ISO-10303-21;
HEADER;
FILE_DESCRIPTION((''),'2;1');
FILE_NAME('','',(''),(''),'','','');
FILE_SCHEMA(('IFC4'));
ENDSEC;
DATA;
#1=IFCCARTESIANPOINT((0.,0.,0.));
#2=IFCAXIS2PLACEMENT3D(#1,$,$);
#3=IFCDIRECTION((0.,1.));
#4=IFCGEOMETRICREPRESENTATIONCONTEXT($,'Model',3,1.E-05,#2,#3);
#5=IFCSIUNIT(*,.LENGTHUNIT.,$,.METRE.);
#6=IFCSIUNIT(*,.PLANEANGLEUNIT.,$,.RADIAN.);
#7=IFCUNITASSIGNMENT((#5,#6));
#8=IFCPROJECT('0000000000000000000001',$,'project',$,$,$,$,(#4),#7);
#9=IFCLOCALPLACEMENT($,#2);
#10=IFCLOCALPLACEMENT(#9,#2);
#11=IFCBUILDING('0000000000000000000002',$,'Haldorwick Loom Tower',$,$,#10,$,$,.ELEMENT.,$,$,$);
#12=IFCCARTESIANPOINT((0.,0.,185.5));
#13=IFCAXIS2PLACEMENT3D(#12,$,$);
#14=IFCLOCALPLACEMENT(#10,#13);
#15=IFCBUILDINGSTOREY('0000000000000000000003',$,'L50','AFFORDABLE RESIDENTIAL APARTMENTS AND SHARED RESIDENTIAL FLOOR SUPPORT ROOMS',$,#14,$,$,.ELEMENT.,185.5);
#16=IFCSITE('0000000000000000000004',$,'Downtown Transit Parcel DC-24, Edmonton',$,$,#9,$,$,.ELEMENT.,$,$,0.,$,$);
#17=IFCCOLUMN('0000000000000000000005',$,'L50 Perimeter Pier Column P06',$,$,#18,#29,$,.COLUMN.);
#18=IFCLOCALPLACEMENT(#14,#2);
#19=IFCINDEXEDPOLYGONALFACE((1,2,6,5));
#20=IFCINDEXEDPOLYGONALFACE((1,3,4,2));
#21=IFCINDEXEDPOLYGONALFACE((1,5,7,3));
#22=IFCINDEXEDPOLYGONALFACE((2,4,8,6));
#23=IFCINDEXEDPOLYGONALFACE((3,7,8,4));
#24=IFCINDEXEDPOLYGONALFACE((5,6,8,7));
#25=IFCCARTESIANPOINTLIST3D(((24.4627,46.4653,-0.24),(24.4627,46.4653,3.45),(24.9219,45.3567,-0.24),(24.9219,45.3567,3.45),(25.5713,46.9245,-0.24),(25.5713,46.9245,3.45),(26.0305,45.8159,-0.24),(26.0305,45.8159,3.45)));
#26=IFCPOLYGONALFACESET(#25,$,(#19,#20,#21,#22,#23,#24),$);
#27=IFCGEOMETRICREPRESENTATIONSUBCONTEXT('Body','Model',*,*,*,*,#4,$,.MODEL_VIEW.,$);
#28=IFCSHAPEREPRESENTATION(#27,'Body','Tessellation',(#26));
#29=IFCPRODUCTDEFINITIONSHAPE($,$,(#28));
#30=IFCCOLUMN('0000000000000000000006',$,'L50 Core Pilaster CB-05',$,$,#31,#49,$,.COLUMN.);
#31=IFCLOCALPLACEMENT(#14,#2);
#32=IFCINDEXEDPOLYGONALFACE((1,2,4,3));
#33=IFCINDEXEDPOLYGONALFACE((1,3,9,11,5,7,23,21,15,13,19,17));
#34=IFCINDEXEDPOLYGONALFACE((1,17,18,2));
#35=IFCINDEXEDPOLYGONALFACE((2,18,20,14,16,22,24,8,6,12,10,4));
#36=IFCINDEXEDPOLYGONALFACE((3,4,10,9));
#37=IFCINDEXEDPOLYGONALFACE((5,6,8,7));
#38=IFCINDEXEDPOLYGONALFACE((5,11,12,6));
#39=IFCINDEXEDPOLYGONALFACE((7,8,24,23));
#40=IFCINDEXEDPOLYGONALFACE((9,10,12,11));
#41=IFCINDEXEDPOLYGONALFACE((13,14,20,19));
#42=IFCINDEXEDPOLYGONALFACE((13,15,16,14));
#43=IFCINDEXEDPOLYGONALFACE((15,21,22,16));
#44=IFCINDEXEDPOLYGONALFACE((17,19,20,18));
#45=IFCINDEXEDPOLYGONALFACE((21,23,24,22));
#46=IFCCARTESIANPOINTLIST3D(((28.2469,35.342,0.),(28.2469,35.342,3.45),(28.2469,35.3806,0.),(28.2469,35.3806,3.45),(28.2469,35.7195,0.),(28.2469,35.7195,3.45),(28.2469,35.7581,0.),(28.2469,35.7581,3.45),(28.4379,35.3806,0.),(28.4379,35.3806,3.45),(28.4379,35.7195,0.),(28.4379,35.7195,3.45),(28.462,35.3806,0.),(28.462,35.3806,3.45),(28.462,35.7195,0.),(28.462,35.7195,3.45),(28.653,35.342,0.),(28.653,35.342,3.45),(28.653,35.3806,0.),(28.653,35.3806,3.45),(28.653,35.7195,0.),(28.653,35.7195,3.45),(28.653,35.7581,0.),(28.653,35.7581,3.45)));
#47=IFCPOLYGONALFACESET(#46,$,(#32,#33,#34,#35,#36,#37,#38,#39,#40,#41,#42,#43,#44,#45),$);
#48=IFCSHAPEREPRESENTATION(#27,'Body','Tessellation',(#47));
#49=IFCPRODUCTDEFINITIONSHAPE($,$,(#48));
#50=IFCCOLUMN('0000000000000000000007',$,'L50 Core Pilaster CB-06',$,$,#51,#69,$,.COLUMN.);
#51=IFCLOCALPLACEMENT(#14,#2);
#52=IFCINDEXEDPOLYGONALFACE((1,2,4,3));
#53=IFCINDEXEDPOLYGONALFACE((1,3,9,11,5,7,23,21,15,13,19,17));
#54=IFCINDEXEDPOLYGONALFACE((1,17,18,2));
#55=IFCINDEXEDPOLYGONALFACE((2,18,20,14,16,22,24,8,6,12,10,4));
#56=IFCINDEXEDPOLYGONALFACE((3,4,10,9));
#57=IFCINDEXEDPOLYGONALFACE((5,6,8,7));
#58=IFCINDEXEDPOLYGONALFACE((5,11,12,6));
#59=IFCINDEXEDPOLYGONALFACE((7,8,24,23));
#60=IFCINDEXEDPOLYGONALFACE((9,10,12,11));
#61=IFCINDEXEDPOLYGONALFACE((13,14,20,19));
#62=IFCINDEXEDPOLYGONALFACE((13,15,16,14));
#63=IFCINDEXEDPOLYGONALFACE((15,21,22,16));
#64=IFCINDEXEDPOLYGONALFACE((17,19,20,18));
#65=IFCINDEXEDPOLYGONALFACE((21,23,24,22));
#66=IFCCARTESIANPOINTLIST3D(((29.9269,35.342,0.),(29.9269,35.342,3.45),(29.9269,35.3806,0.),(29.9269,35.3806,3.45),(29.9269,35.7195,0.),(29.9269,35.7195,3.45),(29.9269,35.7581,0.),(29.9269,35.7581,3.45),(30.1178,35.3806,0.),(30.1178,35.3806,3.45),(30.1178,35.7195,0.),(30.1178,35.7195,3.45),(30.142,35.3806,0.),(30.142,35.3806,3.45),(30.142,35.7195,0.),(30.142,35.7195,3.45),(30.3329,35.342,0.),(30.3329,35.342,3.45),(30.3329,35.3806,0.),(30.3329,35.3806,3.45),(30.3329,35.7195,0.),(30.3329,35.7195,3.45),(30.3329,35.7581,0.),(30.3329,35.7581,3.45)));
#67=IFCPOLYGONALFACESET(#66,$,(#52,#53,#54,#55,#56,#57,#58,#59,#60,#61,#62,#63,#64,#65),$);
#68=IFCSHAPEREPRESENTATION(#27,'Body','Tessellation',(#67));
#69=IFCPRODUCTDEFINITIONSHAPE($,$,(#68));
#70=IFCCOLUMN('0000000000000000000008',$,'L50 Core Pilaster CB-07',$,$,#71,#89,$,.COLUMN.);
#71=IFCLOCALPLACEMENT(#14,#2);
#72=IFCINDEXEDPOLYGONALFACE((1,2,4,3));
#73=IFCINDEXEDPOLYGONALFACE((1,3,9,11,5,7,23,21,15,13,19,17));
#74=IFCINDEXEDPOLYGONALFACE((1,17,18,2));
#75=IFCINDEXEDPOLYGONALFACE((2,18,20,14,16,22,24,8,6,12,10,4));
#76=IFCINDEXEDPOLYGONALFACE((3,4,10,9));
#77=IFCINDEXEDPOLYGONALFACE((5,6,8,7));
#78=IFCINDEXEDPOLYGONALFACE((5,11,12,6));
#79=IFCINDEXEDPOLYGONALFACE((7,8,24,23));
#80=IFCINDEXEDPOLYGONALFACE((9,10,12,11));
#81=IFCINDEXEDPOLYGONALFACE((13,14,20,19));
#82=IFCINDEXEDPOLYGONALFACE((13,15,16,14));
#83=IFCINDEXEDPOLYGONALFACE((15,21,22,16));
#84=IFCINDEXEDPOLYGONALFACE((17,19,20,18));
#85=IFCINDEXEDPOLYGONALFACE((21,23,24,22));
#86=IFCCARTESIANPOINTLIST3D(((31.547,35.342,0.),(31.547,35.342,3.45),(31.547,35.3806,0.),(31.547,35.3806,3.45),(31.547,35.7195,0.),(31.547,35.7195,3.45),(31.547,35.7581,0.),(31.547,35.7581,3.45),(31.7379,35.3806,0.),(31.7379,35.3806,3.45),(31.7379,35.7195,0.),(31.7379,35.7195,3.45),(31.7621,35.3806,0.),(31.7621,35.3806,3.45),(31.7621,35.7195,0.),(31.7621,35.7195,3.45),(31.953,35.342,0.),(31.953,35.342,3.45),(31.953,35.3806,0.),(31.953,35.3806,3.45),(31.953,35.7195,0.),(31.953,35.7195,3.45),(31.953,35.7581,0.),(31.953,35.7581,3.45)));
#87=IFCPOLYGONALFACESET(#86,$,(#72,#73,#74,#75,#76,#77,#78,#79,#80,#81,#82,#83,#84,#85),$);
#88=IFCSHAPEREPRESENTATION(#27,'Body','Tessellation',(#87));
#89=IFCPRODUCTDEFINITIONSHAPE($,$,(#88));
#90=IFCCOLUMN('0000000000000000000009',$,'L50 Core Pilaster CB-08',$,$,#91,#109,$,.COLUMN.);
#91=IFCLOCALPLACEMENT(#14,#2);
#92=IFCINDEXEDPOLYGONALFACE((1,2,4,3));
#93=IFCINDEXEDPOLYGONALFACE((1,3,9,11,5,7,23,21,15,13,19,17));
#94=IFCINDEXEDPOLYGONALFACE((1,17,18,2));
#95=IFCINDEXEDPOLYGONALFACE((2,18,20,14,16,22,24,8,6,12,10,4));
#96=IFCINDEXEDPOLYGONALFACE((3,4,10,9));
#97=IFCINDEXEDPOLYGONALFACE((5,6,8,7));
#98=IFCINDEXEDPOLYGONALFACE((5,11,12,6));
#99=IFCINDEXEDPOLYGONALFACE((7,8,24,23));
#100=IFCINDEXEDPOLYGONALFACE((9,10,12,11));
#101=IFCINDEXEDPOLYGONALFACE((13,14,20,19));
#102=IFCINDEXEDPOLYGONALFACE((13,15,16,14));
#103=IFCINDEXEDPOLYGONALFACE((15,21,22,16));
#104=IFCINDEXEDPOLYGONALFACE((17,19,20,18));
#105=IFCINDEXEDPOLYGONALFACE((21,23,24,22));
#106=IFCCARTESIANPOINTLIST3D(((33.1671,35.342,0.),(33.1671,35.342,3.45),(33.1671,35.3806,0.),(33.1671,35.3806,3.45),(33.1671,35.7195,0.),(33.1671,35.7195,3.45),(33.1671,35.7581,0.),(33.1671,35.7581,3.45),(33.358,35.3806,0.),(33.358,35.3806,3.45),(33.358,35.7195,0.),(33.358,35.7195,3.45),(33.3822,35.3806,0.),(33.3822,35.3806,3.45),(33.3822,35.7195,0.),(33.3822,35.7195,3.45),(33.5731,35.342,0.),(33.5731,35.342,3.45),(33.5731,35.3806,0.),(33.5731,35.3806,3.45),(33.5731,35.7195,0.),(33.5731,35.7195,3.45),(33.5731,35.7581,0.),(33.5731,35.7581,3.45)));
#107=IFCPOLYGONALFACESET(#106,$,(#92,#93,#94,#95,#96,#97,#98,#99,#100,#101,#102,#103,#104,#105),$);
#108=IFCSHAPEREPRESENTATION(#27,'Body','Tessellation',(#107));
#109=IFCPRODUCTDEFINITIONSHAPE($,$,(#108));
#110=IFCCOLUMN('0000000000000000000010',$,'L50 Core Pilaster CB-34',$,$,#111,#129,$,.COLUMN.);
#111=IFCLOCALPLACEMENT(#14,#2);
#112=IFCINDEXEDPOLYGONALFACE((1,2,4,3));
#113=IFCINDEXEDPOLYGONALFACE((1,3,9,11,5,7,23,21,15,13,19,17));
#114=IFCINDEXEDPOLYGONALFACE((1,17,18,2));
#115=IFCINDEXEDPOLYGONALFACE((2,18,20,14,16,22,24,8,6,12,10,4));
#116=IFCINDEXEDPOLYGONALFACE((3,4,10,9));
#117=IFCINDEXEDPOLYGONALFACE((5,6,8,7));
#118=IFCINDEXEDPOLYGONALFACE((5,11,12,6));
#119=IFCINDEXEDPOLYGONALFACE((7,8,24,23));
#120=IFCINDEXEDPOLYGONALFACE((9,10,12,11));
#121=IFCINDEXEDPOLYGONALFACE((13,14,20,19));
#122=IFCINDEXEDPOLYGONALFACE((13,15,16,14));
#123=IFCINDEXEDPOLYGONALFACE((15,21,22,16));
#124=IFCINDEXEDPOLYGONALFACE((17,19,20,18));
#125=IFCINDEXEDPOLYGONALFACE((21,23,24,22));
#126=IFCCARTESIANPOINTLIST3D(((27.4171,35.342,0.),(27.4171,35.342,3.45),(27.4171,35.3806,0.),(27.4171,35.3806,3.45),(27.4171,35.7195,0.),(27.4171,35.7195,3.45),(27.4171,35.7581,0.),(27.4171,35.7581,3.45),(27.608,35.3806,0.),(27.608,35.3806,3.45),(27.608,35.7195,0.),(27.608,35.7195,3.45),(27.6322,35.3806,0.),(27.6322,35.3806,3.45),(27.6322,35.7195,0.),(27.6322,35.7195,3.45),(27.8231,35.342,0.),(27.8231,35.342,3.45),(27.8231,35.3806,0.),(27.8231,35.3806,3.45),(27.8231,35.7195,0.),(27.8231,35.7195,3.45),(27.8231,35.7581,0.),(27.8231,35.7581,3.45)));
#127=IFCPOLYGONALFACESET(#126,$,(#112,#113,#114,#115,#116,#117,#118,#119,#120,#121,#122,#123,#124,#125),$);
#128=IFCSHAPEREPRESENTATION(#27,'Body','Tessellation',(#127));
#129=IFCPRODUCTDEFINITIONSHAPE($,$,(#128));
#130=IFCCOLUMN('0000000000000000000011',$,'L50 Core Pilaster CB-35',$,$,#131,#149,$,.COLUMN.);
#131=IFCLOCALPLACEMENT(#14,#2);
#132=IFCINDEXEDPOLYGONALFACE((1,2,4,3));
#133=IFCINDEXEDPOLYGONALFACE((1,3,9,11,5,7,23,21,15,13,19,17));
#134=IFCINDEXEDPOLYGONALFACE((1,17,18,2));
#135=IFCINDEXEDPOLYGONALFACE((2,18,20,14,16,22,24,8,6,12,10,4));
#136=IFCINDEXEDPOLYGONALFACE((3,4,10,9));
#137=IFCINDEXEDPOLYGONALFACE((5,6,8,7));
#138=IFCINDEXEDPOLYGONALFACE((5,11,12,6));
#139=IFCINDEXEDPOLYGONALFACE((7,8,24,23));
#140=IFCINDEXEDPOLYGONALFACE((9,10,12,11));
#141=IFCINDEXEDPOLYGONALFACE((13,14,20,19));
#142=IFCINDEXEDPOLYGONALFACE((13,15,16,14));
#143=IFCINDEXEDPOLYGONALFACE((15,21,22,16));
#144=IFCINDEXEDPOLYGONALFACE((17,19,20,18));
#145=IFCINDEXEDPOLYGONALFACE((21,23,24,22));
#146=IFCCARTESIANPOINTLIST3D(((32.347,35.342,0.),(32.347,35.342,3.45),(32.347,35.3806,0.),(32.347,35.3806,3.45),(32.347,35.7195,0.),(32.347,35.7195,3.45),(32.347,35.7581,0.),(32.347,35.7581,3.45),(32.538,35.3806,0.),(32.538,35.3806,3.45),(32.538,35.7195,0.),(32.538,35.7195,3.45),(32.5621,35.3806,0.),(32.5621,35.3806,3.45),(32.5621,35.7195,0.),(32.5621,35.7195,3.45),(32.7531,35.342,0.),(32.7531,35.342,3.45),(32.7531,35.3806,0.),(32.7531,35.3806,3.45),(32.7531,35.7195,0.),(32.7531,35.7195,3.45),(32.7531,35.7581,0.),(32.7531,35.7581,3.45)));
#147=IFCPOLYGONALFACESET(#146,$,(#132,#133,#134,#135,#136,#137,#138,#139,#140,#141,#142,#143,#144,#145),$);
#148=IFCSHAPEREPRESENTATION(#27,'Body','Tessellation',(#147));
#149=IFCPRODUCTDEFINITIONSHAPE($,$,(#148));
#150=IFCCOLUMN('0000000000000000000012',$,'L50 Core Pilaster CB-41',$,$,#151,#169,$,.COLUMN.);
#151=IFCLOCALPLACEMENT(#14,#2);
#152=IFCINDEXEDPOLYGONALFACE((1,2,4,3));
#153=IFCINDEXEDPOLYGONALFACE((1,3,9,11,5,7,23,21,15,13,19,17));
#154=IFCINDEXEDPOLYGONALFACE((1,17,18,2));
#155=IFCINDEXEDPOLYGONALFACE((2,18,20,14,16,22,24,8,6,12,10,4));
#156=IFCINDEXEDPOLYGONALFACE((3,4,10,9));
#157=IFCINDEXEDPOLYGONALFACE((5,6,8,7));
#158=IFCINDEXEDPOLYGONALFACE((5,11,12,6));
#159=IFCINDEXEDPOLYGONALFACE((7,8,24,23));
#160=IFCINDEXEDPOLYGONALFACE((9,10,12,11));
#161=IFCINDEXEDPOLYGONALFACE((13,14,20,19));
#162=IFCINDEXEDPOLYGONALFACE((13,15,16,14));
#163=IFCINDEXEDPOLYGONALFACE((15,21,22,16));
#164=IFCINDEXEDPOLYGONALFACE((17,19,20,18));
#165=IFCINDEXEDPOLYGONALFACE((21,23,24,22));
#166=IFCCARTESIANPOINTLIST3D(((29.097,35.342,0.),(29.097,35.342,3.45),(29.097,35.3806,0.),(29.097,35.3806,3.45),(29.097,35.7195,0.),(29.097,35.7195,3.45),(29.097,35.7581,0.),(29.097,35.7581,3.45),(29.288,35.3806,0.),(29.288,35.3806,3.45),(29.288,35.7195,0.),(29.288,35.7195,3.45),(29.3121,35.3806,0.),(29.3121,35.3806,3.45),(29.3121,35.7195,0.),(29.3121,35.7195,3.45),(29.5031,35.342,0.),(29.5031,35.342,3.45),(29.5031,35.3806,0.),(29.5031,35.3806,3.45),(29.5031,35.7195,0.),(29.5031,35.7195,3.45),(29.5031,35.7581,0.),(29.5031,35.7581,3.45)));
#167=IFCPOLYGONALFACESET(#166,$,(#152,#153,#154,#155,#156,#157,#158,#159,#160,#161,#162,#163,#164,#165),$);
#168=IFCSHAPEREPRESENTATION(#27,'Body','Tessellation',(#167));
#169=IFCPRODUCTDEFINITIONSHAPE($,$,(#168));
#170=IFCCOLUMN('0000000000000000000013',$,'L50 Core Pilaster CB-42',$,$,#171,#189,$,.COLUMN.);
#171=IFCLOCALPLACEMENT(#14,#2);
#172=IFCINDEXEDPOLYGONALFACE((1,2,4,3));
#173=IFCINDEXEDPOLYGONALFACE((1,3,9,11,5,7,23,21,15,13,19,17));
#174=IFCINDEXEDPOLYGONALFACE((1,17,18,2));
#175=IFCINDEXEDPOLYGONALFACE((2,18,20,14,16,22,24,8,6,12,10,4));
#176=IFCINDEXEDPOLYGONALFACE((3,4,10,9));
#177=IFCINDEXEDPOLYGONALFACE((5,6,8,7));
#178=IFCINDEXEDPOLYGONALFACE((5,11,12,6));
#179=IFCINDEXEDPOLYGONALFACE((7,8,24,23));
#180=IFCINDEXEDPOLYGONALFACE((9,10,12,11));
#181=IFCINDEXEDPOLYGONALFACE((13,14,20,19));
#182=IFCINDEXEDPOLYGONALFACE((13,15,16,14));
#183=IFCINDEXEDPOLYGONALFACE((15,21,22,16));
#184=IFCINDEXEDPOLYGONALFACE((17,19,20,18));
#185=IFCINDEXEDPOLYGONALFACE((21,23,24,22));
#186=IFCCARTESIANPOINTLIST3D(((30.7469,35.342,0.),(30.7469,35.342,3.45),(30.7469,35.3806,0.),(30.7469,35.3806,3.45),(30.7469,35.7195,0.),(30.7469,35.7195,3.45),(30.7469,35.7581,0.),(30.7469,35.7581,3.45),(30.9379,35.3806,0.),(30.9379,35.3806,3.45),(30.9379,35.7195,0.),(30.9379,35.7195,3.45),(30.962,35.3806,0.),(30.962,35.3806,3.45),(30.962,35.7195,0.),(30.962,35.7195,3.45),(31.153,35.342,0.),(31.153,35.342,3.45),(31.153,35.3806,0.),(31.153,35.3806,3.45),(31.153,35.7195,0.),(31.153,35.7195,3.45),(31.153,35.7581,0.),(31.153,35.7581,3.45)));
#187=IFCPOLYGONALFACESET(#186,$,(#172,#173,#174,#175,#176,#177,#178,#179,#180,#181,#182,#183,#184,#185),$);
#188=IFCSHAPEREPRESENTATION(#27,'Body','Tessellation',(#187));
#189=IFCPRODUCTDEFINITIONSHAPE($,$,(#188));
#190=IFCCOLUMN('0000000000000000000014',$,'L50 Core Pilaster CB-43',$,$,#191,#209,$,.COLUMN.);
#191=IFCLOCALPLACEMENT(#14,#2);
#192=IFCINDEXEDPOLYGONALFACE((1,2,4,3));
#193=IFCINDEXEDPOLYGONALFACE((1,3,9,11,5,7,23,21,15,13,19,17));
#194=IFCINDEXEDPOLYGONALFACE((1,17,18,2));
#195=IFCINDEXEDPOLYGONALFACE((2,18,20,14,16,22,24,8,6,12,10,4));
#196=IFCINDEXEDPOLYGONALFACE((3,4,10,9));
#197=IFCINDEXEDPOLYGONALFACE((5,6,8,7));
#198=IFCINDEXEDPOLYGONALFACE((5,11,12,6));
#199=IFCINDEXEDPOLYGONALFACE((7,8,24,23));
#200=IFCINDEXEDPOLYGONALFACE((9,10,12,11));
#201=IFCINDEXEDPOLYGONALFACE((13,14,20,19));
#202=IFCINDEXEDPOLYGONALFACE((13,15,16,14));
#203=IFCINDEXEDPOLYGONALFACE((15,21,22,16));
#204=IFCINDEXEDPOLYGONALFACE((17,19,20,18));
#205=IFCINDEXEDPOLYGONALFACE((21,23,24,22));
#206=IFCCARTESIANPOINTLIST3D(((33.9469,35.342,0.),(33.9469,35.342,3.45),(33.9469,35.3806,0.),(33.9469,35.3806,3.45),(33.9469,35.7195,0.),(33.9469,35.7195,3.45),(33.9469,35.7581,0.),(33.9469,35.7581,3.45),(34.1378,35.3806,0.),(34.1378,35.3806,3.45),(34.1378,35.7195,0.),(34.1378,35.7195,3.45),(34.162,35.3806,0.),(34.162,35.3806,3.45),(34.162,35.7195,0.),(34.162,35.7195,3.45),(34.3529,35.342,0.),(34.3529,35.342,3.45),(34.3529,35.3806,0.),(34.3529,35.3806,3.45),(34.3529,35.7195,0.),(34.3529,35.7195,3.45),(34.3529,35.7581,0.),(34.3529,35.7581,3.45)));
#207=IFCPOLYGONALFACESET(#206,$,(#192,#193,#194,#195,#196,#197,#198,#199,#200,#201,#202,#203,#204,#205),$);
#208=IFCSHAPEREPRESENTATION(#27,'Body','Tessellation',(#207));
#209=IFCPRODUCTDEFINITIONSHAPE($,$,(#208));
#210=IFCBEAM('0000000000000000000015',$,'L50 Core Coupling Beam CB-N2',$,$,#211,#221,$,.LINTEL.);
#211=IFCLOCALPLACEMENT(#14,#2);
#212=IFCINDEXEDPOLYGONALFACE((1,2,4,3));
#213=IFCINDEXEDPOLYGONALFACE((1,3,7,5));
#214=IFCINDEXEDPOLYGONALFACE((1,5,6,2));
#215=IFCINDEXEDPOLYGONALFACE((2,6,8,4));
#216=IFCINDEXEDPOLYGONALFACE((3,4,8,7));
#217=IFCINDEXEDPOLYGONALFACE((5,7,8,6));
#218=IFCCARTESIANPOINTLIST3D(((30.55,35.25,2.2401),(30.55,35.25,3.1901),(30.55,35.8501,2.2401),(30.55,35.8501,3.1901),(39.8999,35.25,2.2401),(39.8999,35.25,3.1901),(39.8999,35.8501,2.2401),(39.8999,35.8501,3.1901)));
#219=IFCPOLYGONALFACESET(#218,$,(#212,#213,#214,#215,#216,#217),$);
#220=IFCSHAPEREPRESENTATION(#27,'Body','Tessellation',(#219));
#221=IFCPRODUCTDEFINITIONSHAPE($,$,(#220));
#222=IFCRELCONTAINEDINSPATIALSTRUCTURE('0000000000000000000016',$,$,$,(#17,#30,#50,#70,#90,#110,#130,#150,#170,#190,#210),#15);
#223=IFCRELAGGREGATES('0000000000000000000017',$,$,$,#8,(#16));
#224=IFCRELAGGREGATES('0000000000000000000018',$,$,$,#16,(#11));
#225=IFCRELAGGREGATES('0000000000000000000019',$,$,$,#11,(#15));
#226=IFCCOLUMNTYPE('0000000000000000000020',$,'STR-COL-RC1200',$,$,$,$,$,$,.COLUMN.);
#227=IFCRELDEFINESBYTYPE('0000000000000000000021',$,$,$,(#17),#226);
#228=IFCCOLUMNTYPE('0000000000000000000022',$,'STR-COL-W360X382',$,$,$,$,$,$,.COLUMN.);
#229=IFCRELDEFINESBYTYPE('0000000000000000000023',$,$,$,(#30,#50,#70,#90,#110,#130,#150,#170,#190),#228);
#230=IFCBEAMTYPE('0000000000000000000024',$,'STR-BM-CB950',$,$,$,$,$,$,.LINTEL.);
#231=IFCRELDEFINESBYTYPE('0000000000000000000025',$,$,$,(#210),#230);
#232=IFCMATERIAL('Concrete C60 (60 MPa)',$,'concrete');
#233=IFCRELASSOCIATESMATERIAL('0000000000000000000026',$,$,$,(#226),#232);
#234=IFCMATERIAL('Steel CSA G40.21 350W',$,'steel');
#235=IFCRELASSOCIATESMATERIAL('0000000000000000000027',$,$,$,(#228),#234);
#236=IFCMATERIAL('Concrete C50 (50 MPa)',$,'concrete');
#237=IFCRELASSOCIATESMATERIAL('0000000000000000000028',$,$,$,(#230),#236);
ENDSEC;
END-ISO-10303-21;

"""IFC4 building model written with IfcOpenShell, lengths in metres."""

from ifc_helpers import new_model, si_unit, direction, frame, origin, origin_2d, place, context, subcontext, project, spatial, rectangle, i_section, extrude, material, material_profile, profile_set, type_object, element, save


model = new_model("IFC4")

# Units and contexts
model_context = context("Model", 3, precision=1e-05, world=origin(), true_north=direction((0.0, 1.0)))
body_context = subcontext(model_context, "Body", "Model", "MODEL_VIEW")
ifc_project = project(units=[si_unit("LENGTHUNIT", "METRE"), si_unit("PLANEANGLEUNIT", "RADIAN")], contexts=[model_context])

# Site, building, storey
site_placement = place(None, origin())
site = spatial("IfcSite", under=ifc_project, at=site_placement, Name="Downtown Transit Parcel DC-24, Edmonton", CompositionType="ELEMENT", RefElevation=0.0)
building_placement = place(site_placement, origin())
building = spatial("IfcBuilding", under=site, at=building_placement, Name="Haldorwick Loom Tower", CompositionType="ELEMENT")
storey_placement = place(building_placement, frame((0.0, 0.0, 185.5)))
storey = spatial("IfcBuildingStorey", under=building, at=storey_placement, Name="L50", Description="AFFORDABLE RESIDENTIAL APARTMENTS AND SHARED RESIDENTIAL FLOOR SUPPORT ROOMS", CompositionType="ELEMENT", Elevation=185.5)

# Columns
ifc_material_1 = material(Name="Concrete C60 (60 MPa)", Category="concrete")
ifc_material_profile_1 = material_profile(ifc_material_1, rectangle(XDim=1.2, YDim=1.2, at=origin_2d()), Name="RC1200X1200", Category="concrete")
ifc_profile_set_1 = profile_set([ifc_material_profile_1], Name="Concrete C60 (60 MPa)")
column_type_1 = type_object("IfcColumnType", Name="STR-COL-RC1200", PredefinedType="COLUMN", material=ifc_profile_set_1)
column_placement = place(storey_placement, frame((25.2466, 46.1406, -0.24), z_axis=(0.0, 0.0, 1.0), x_axis=(-0.382683, 0.92388, 0.0)))
element("IfcColumn", 1, at=column_placement, inside=storey, type_object=column_type_1, Name="L50 Perimeter Pier Column P06", PredefinedType="COLUMN", context=body_context, shape_type="SweptSolid", body=[
    extrude(rectangle(XDim=1.2, YDim=1.2, at=origin_2d()), origin(), (0.0, 0.0, 1.0), 3.6899),
])
ifc_material_2 = material(Name="Steel CSA G40.21 350W", Category="steel")
ifc_material_profile_2 = material_profile(ifc_material_2, i_section(OverallWidth=0.406, OverallDepth=0.416, WebThickness=0.0242, FlangeThickness=0.0386, at=origin_2d()), Name="W360X382", Category="steel")
ifc_profile_set_2 = profile_set([ifc_material_profile_2], Name="Steel CSA G40.21 350W")
column_type_2 = type_object("IfcColumnType", Name="STR-COL-W360X382", PredefinedType="COLUMN", material=ifc_profile_set_2)
for number, where, z_axis, x_axis, name in (
    (2, (28.45, 35.55, 0.0), (0.0, 0.0, 1.0), (1.0, 0.0, 0.0), "L50 Core Pilaster CB-05"),
    (3, (30.1299, 35.55, 0.0), (0.0, 0.0, 1.0), (1.0, 0.0, 0.0), "L50 Core Pilaster CB-06"),
    (4, (31.75, 35.55, 0.0), (0.0, 0.0, 1.0), (1.0, 0.0, 0.0), "L50 Core Pilaster CB-07"),
    (5, (33.3701, 35.55, 0.0), (0.0, 0.0, 1.0), (1.0, 0.0, 0.0), "L50 Core Pilaster CB-08"),
    (6, (27.6201, 35.55, 0.0), (0.0, 0.0, 1.0), (1.0, 0.0, 0.0), "L50 Core Pilaster CB-34"),
    (7, (32.55, 35.55, 0.0), (0.0, 0.0, 1.0), (1.0, 0.0, 0.0), "L50 Core Pilaster CB-35"),
    (8, (29.3, 35.55, 0.0), (0.0, 0.0, 1.0), (1.0, 0.0, 0.0), "L50 Core Pilaster CB-41"),
    (9, (30.95, 35.55, 0.0), (0.0, 0.0, 1.0), (1.0, 0.0, 0.0), "L50 Core Pilaster CB-42"),
    (10, (34.1499, 35.55, 0.0), (0.0, 0.0, 1.0), (1.0, 0.0, 0.0), "L50 Core Pilaster CB-43"),
):
    element("IfcColumn", number, at=place(storey_placement, frame(where, z_axis=z_axis, x_axis=x_axis)), inside=storey, type_object=column_type_2, Name=name, PredefinedType="COLUMN", context=body_context, shape_type="SweptSolid", body=[
        extrude(i_section(OverallWidth=0.406, OverallDepth=0.416, WebThickness=0.0242, FlangeThickness=0.0386, at=origin_2d()), origin(), (0.0, 0.0, 1.0), 3.45),
    ])

# Beam
ifc_material_3 = material(Name="Concrete C50 (50 MPa)", Category="concrete")
ifc_material_profile_3 = material_profile(ifc_material_3, rectangle(XDim=0.6001, YDim=0.95, at=origin_2d()), Name="RC600X950", Category="concrete")
ifc_profile_set_3 = profile_set([ifc_material_profile_3], Name="Concrete C50 (50 MPa)")
beam_type_1 = type_object("IfcBeamType", Name="STR-BM-CB950", PredefinedType="LINTEL", material=ifc_profile_set_3)
beam_1_placement = place(storey_placement, frame((30.55, 35.55, 2.7151), z_axis=(1.0, 0.0, 0.0), x_axis=(0.0, 1.0, 0.0)))
element("IfcBeam", 11, at=beam_1_placement, inside=storey, type_object=beam_type_1, Name="L50 Core Coupling Beam CB-N2", PredefinedType="LINTEL", context=body_context, shape_type="SweptSolid", body=[
    extrude(rectangle(XDim=0.6001, YDim=0.95, at=origin_2d()), origin(), (0.0, 0.0, 1.0), 9.3499),
])

save(model, "model.ifc")
